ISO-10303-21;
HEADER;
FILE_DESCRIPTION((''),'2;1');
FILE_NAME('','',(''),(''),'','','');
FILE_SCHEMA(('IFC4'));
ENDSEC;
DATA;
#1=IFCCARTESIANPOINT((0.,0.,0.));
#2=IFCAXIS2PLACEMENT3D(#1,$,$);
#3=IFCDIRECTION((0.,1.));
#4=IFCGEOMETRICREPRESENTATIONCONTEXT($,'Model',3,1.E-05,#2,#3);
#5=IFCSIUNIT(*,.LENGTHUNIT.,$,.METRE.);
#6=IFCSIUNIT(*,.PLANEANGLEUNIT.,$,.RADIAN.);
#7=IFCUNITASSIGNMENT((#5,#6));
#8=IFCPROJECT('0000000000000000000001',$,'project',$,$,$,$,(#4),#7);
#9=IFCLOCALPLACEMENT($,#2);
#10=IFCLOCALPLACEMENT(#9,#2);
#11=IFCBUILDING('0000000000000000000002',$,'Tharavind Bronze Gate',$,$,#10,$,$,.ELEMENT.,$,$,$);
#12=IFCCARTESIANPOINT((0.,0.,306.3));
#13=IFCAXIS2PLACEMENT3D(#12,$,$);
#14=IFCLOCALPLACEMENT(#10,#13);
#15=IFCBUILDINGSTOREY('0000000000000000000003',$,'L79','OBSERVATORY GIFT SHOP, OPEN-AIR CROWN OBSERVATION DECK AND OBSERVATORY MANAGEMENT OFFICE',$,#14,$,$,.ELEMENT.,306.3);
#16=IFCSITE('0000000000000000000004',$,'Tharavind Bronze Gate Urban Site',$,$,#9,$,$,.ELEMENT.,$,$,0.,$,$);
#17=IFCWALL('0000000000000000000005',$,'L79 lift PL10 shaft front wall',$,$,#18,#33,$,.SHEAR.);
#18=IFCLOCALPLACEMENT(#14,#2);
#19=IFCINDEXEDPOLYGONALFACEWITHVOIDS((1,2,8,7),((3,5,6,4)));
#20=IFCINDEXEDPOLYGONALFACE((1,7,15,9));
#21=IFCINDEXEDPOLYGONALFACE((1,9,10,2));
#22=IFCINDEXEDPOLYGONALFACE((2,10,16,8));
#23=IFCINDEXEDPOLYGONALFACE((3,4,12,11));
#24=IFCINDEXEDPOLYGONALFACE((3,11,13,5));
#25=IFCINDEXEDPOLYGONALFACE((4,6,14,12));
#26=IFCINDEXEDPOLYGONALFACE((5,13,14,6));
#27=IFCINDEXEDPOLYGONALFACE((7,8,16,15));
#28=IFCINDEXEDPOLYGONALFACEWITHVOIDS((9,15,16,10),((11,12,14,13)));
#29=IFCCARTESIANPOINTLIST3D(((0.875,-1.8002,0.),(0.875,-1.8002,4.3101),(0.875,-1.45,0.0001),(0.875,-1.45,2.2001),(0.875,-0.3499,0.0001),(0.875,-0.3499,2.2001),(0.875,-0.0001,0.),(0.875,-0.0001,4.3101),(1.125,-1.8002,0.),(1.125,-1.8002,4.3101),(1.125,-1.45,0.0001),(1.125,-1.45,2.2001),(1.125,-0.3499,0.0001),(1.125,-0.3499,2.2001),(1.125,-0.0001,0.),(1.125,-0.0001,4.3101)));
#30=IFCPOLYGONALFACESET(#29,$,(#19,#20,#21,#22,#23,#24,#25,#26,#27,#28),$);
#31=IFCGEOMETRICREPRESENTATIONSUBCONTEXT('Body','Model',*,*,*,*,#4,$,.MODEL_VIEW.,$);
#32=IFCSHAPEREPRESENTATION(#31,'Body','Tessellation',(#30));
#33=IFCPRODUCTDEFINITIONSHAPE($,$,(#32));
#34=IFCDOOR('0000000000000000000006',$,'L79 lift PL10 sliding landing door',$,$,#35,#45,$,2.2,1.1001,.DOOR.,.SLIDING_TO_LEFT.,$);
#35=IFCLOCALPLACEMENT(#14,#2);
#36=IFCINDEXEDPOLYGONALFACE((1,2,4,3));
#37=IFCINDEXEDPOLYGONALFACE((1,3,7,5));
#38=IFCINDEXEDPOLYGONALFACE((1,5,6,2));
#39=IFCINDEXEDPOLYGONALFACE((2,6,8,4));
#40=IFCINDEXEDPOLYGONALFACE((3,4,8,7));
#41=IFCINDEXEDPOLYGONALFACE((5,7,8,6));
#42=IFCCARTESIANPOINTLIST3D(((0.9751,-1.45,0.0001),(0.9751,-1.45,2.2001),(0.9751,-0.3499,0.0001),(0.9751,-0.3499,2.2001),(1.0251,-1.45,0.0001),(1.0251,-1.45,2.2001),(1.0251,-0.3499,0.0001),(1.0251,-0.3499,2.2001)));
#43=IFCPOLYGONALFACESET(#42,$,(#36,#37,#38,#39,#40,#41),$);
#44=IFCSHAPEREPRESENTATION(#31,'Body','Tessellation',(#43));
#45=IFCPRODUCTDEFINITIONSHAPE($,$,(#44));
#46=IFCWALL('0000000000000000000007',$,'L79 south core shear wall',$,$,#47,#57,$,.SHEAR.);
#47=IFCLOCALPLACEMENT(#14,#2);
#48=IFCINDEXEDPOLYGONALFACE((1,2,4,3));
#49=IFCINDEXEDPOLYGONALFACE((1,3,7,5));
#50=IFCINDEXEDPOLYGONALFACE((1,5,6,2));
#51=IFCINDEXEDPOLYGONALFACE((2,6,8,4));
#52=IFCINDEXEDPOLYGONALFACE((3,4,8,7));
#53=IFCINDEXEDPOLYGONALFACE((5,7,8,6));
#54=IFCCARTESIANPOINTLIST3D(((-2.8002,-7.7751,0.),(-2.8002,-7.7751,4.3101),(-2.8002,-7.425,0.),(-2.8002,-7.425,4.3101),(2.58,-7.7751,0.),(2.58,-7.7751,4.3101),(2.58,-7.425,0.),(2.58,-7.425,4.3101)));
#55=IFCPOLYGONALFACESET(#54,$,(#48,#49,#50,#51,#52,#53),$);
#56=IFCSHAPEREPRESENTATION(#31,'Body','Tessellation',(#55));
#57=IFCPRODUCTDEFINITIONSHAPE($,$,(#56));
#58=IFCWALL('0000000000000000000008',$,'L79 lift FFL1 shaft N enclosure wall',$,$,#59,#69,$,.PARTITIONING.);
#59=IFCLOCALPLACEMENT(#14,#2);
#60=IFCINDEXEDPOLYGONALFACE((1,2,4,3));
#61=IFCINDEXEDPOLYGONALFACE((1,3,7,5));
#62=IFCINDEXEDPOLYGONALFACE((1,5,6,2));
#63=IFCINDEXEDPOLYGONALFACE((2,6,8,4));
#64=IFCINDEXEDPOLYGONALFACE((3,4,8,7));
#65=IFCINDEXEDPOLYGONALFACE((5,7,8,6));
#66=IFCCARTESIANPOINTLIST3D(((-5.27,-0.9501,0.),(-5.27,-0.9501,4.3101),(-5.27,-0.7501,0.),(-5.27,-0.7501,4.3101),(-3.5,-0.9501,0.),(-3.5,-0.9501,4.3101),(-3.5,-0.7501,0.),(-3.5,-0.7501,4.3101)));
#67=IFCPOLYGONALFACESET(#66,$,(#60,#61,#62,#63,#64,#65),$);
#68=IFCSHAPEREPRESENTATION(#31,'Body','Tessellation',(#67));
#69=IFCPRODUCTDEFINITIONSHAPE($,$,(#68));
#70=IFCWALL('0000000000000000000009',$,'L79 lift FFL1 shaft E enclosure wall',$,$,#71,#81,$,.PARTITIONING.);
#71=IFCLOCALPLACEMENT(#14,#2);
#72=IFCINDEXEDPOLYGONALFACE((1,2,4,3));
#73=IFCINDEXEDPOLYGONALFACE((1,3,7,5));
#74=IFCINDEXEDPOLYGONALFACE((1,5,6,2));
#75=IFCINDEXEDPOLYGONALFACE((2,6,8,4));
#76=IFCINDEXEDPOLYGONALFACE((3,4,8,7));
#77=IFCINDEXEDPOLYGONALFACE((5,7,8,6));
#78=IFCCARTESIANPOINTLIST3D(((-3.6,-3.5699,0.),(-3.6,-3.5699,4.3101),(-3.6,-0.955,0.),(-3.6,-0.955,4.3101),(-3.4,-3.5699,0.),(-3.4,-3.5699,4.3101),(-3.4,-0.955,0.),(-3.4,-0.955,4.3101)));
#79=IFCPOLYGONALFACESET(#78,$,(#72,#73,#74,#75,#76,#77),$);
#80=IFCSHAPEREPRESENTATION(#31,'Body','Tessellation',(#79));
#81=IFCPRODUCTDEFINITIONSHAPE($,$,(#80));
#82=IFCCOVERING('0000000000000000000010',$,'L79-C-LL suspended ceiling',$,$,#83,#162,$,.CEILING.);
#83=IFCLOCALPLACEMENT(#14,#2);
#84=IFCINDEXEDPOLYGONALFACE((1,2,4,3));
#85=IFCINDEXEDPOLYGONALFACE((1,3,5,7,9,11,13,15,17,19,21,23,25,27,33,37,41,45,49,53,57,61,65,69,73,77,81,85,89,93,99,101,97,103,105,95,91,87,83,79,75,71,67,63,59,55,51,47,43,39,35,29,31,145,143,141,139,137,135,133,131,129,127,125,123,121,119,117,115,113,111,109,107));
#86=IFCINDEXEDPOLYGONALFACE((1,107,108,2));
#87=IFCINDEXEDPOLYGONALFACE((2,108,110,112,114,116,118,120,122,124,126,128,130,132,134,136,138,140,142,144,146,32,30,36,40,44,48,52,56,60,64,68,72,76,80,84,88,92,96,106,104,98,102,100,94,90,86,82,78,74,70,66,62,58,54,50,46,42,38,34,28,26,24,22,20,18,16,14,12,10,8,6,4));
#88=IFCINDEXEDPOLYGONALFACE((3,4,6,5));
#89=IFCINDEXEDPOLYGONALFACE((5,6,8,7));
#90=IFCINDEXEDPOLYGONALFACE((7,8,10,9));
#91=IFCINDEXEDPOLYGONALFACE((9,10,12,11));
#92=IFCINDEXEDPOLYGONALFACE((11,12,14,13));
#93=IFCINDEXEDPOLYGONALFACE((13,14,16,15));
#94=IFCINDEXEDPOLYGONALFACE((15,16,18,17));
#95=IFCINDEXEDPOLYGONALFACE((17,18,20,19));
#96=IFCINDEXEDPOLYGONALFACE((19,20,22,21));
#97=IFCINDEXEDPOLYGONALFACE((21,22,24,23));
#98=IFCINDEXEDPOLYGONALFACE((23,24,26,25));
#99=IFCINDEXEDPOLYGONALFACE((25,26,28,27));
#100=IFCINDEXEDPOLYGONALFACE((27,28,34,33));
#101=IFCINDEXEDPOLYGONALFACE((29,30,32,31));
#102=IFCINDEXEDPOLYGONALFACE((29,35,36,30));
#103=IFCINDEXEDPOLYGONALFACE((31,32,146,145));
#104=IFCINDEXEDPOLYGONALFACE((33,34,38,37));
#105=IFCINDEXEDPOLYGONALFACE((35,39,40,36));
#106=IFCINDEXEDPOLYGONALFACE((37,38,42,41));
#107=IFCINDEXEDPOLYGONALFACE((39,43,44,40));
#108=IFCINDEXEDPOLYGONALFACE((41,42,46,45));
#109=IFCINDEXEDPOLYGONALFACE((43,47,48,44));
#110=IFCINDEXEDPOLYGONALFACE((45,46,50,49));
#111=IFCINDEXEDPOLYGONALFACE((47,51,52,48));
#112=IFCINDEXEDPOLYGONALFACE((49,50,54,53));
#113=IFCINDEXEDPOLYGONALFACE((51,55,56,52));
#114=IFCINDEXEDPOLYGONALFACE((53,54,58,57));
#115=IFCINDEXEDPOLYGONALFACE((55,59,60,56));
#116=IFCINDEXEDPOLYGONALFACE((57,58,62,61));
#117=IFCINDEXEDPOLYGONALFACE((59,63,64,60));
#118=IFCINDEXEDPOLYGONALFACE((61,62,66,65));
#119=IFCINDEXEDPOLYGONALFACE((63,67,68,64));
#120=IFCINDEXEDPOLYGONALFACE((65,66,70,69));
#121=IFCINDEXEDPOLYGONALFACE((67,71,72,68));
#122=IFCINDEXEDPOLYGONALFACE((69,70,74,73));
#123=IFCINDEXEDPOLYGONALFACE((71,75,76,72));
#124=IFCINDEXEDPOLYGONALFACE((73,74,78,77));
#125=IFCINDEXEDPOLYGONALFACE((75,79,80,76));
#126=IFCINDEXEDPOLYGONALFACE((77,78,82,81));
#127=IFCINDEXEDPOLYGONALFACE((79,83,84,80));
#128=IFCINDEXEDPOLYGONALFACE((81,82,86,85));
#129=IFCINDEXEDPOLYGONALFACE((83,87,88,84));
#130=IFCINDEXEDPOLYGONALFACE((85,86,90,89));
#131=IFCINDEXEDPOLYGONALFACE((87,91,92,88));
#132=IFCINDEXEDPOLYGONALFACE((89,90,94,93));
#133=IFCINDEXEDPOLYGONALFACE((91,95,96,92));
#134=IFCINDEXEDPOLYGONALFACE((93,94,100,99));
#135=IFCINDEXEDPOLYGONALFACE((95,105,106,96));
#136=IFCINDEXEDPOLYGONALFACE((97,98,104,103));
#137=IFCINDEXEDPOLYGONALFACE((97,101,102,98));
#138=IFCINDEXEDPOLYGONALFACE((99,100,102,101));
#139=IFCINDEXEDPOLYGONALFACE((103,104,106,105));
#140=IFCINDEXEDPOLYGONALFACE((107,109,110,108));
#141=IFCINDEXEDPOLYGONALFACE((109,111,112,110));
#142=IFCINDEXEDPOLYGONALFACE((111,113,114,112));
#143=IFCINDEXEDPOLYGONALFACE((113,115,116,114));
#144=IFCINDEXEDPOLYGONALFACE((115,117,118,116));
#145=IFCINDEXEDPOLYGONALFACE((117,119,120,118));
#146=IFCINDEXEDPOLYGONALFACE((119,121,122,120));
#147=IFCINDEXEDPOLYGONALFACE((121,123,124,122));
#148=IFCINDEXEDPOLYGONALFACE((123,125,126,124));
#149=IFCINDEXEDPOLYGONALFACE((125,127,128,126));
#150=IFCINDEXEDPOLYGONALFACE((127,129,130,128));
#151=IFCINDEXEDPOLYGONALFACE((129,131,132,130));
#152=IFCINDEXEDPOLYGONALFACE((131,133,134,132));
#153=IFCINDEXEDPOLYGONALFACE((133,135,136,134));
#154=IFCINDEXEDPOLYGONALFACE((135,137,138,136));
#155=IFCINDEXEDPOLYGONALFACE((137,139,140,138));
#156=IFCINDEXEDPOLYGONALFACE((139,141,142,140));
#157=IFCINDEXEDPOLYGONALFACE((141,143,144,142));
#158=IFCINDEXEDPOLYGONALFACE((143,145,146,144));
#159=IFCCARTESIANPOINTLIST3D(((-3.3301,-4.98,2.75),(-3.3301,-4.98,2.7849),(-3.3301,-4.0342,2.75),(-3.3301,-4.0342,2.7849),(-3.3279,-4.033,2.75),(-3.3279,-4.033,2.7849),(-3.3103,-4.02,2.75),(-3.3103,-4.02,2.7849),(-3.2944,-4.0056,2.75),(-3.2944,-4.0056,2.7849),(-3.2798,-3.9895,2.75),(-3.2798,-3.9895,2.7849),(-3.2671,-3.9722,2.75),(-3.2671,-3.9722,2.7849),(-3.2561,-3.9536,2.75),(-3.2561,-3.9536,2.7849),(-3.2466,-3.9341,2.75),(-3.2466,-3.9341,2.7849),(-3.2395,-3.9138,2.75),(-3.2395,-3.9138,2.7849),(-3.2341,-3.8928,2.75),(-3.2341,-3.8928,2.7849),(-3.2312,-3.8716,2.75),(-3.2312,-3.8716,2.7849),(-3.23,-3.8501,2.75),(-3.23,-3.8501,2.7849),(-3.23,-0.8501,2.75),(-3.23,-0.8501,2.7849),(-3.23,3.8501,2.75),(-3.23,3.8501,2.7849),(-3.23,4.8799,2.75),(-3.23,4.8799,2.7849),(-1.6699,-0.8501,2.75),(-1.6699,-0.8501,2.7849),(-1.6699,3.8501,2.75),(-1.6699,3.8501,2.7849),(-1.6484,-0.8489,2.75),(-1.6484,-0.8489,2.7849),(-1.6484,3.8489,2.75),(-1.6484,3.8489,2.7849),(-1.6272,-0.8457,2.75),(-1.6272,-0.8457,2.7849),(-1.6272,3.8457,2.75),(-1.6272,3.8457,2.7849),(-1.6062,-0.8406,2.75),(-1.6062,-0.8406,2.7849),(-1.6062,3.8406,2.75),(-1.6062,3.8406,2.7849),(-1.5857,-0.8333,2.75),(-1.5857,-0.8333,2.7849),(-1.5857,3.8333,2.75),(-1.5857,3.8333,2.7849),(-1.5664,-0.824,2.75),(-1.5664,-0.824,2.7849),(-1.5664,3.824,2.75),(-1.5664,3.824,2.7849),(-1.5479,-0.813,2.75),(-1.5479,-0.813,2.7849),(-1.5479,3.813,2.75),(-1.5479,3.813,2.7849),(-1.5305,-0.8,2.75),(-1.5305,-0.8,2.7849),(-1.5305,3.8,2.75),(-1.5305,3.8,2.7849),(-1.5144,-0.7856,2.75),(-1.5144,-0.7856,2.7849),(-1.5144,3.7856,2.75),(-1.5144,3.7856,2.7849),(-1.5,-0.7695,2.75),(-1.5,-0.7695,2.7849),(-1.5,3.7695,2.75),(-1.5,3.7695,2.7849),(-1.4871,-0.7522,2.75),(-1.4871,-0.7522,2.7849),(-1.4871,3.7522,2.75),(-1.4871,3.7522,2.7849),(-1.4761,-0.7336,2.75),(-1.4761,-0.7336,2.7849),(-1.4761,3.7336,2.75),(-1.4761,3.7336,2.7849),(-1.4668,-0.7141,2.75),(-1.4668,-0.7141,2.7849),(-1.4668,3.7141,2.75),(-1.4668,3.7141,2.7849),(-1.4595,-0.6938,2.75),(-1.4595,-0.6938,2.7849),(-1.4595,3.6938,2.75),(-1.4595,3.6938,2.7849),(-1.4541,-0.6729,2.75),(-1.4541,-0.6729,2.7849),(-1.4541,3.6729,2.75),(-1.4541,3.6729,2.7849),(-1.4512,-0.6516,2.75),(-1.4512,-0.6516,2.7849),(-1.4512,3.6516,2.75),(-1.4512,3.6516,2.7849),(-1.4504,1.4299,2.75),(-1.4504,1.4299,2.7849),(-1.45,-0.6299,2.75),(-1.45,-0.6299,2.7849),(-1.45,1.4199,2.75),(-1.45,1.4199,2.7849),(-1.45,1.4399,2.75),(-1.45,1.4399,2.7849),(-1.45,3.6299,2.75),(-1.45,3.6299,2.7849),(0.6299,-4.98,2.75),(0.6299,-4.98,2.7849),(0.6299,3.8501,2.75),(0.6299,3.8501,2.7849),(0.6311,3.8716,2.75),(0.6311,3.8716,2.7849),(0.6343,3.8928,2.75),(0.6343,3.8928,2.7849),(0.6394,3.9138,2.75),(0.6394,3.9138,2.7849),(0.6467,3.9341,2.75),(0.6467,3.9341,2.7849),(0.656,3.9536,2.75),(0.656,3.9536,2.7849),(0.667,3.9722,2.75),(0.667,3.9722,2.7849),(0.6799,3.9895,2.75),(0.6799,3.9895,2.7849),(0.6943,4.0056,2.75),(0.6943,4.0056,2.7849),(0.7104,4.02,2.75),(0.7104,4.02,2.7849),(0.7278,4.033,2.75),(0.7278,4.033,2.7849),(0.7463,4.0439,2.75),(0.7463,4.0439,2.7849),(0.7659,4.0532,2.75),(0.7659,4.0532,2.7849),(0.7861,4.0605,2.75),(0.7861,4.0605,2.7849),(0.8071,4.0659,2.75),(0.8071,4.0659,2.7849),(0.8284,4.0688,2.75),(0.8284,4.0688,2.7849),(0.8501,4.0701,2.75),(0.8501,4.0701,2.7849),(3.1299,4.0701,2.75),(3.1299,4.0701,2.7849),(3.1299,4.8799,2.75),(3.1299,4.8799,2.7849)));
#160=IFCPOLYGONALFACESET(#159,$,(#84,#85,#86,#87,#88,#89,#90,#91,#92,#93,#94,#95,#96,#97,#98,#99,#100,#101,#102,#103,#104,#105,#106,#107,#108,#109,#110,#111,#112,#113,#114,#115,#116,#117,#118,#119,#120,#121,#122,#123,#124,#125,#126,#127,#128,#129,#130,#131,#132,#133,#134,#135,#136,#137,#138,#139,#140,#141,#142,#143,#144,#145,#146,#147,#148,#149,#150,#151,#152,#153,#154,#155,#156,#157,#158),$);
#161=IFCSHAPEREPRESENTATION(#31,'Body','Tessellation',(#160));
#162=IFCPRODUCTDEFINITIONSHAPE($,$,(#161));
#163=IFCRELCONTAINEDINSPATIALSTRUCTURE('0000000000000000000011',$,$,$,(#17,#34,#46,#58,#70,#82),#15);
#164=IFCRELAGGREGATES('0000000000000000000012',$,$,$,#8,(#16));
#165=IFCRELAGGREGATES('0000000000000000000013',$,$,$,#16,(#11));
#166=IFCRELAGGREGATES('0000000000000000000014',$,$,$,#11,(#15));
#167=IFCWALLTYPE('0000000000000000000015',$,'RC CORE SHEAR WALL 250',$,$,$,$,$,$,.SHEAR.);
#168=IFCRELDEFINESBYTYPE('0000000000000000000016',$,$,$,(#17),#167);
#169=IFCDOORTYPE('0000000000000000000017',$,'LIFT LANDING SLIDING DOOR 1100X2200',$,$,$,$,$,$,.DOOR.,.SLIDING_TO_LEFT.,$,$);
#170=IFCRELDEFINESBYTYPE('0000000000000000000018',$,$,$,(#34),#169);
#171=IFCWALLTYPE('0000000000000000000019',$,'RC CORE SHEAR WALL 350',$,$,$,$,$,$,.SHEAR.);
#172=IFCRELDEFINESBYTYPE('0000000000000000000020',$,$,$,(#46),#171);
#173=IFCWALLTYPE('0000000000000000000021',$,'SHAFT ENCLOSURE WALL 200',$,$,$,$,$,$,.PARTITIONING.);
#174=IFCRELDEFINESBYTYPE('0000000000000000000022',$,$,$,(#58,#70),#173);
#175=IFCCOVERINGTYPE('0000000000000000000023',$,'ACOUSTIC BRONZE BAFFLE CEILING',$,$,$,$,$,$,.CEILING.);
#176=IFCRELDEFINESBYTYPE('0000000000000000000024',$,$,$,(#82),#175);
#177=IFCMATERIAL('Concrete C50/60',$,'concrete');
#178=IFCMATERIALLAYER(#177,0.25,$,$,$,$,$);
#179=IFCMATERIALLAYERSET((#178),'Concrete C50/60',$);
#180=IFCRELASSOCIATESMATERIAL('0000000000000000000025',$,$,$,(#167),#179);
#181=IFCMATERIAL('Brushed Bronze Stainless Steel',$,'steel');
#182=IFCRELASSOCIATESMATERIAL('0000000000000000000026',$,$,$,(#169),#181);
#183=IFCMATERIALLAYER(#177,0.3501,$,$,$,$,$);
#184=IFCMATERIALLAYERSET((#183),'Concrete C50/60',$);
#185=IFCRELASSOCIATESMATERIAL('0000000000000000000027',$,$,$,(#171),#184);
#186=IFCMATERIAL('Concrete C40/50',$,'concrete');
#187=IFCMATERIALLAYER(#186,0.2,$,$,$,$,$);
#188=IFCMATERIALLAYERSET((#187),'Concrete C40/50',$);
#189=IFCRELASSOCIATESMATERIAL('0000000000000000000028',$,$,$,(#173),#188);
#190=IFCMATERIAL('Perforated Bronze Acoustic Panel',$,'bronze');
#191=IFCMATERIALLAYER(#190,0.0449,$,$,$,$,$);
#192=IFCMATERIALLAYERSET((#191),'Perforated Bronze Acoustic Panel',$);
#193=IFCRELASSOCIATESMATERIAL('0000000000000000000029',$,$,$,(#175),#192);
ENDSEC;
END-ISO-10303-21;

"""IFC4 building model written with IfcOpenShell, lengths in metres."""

from ifc_helpers import new_model, si_unit, direction, frame, frame_2d, origin, place, context, subcontext, project, spatial, polyline, rectangle, outline, extrude, material, layer, layer_set, type_object, element, fill, save


model = new_model("IFC4")

# Units and contexts
model_context = context("Model", 3, precision=1e-05, world=origin(), true_north=direction((0.0, 1.0)))
body_context = subcontext(model_context, "Body", "Model", "MODEL_VIEW")
ifc_project = project(units=[si_unit("LENGTHUNIT", "METRE"), si_unit("PLANEANGLEUNIT", "RADIAN")], contexts=[model_context])

# Site, building, storey
site_placement = place(None, origin())
site = spatial("IfcSite", under=ifc_project, at=site_placement, Name="Tharavind Bronze Gate Urban Site", CompositionType="ELEMENT", RefElevation=0.0)
building_placement = place(site_placement, origin())
building = spatial("IfcBuilding", under=site, at=building_placement, Name="Tharavind Bronze Gate", CompositionType="ELEMENT")
storey_placement = place(building_placement, frame((0.0, 0.0, 306.3)))
storey = spatial("IfcBuildingStorey", under=building, at=storey_placement, Name="L79", Description="OBSERVATORY GIFT SHOP, OPEN-AIR CROWN OBSERVATION DECK AND OBSERVATORY MANAGEMENT OFFICE", CompositionType="ELEMENT", Elevation=306.3)

# Shared definitions
ifc_material_1 = material(Name="Concrete C50/60", Category="concrete")

# Shared definitions
ifc_material_2 = material(Name="Concrete C40/50", Category="concrete")

# Wall, opening, door
ifc_layer_1 = layer(ifc_material_1, 0.25)
ifc_layer_set_1 = layer_set([ifc_layer_1], Name="Concrete C50/60")
wall_type_1 = type_object("IfcWallType", Name="RC CORE SHEAR WALL 250", PredefinedType="SHEAR", material=ifc_layer_set_1)
ifc_material_3 = material(Name="Brushed Bronze Stainless Steel", Category="steel")
door_type_1 = type_object("IfcDoorType", Name="LIFT LANDING SLIDING DOOR 1100X2200", OperationType="SLIDING_TO_LEFT", PredefinedType="DOOR", material=ifc_material_3)
wall_1_placement = place(storey_placement, frame((1.0, -1.8, 0.0), z_axis=(0.0, 0.0, 1.0), x_axis=(0.0, 1.0, 0.0)))
wall_1 = element("IfcWall", 1, at=wall_1_placement, inside=storey, type_object=wall_type_1, Name="L79 lift PL10 shaft front wall", PredefinedType="SHEAR", context=body_context, shape_type="SweptSolid", body=[
    extrude(rectangle(XDim=1.8, YDim=0.25, at=frame_2d((0.8999, 0.0))), origin(), (0.0, 0.0, 1.0), 4.3101),
])
opening_1_placement = place(wall_1_placement, frame((0.3501, 0.0, 0.0)))
opening_1 = element("IfcOpeningElement", 2, at=opening_1_placement, cuts=wall_1, PredefinedType="OPENING", context=body_context, shape_type="SweptSolid", body=[
    extrude(rectangle(XDim=1.1001, YDim=2.2, at=frame_2d((0.55, 1.1001))), frame((0.0, 0.135, 0.0), z_axis=(0.0, -1.0, 0.0), x_axis=(1.0, 0.0, 0.0)), (0.0, 0.0, 1.0), 0.27),
])
door_1_placement = place(opening_1_placement, origin())
door_1 = element("IfcDoor", 3, at=door_1_placement, inside=storey, type_object=door_type_1, Name="L79 lift PL10 sliding landing door", OperationType="SLIDING_TO_LEFT", OverallHeight=2.2, OverallWidth=1.1001, PredefinedType="DOOR", context=body_context, shape_type="SweptSolid", body=[
    extrude(rectangle(XDim=1.1001, YDim=2.2, at=frame_2d((0.55, 1.1001))), frame((0.0, 0.0249, 0.0), z_axis=(0.0, -1.0, 0.0), x_axis=(1.0, 0.0, 0.0)), (0.0, 0.0, 1.0), 0.05),
])
fill(opening_1, door_1)

# Walls
ifc_layer_2 = layer(ifc_material_1, 0.3501)
ifc_layer_set_2 = layer_set([ifc_layer_2], Name="Concrete C50/60")
wall_type_2 = type_object("IfcWallType", Name="RC CORE SHEAR WALL 350", PredefinedType="SHEAR", material=ifc_layer_set_2)
wall_2_placement = place(storey_placement, frame((-2.8, -7.6001, 0.0), z_axis=(0.0, 0.0, 1.0), x_axis=(1.0, 0.0, 0.0)))
element("IfcWall", 4, at=wall_2_placement, inside=storey, type_object=wall_type_2, Name="L79 south core shear wall", PredefinedType="SHEAR", context=body_context, shape_type="SweptSolid", body=[
    extrude(rectangle(XDim=5.3801, YDim=0.3501, at=frame_2d((2.6899, 0.0))), origin(), (0.0, 0.0, 1.0), 4.3101),
])
ifc_layer_3 = layer(ifc_material_2, 0.2)
ifc_layer_set_3 = layer_set([ifc_layer_3], Name="Concrete C40/50")
wall_type_3 = type_object("IfcWallType", Name="SHAFT ENCLOSURE WALL 200", PredefinedType="PARTITIONING", material=ifc_layer_set_3)
wall_3_placement = place(storey_placement, frame((-5.27, -0.8501, 0.0), z_axis=(0.0, 0.0, 1.0), x_axis=(1.0, 0.0, 0.0)))
element("IfcWall", 5, at=wall_3_placement, inside=storey, type_object=wall_type_3, Name="L79 lift FFL1 shaft N enclosure wall", PredefinedType="PARTITIONING", context=body_context, shape_type="SweptSolid", body=[
    extrude(rectangle(XDim=1.77, YDim=0.2, at=frame_2d((0.885, 0.0))), origin(), (0.0, 0.0, 1.0), 4.3101),
])
wall_4_placement = place(storey_placement, frame((-3.5, -3.5701, 0.0), z_axis=(0.0, 0.0, 1.0), x_axis=(0.0, 1.0, 0.0)))
element("IfcWall", 6, at=wall_4_placement, inside=storey, type_object=wall_type_3, Name="L79 lift FFL1 shaft E enclosure wall", PredefinedType="PARTITIONING", context=body_context, shape_type="SweptSolid", body=[
    extrude(rectangle(XDim=2.615, YDim=0.2, at=frame_2d((1.3076, 0.0))), origin(), (0.0, 0.0, 1.0), 4.3101),
])

# Covering
ifc_material_4 = material(Name="Perforated Bronze Acoustic Panel", Category="bronze")
ifc_layer_4 = layer(ifc_material_4, 0.0449)
ifc_layer_set_4 = layer_set([ifc_layer_4], Name="Perforated Bronze Acoustic Panel")
covering_type_1 = type_object("IfcCoveringType", Name="ACOUSTIC BRONZE BAFFLE CEILING", PredefinedType="CEILING", material=ifc_layer_set_4)
covering_1_placement = place(storey_placement, frame((0.0, 0.0, 2.75)))
element("IfcCovering", 7, at=covering_1_placement, inside=storey, type_object=covering_type_1, Name="L79-C-LL suspended ceiling", PredefinedType="CEILING", context=body_context, shape_type="SweptSolid", body=[
    extrude(outline(polyline([(-3.3301, -4.98), (0.6299, -4.98), (0.6299, 3.8501), (0.6311, 3.8716), (0.6343, 3.8928), (0.6394, 3.9138), (0.6467, 3.9341), (0.656, 3.9536), (0.667, 3.9722), (0.6799, 3.9895), (0.6943, 4.0056), (0.7104, 4.02), (0.7278, 4.033), (0.7463, 4.0439), (0.7659, 4.0532), (0.7861, 4.0605), (0.8071, 4.0659), (0.8284, 4.0688), (0.8501, 4.0701), (3.1299, 4.0701), (3.1299, 4.8799), (-3.23, 4.8799), (-3.23, 3.8501), (-1.6699, 3.8501), (-1.6484, 3.8489), (-1.6272, 3.8457), (-1.6062, 3.8406), (-1.5857, 3.8333), (-1.5664, 3.824), (-1.5479, 3.813), (-1.5305, 3.8), (-1.5144, 3.7856), (-1.5, 3.7695), (-1.4871, 3.7522), (-1.4761, 3.7336), (-1.4668, 3.7141), (-1.4595, 3.6938), (-1.4541, 3.6729), (-1.4512, 3.6516), (-1.45, 3.6299), (-1.45, 1.4399), (-1.4504, 1.4299), (-1.45, 1.4199), (-1.45, -0.6299), (-1.4512, -0.6516), (-1.4541, -0.6729), (-1.4595, -0.6938), (-1.4668, -0.7141), (-1.4761, -0.7336), (-1.4871, -0.7522), (-1.5, -0.7695), (-1.5144, -0.7856), (-1.5305, -0.8), (-1.5479, -0.813), (-1.5664, -0.824), (-1.5857, -0.8333), (-1.6062, -0.8406), (-1.6272, -0.8457), (-1.6484, -0.8489), (-1.6699, -0.8501), (-3.23, -0.8501), (-3.23, -3.8501), (-3.2312, -3.8716), (-3.2341, -3.8928), (-3.2395, -3.9138), (-3.2466, -3.9341), (-3.2561, -3.9536), (-3.2671, -3.9722), (-3.2798, -3.9895), (-3.2944, -4.0056), (-3.3103, -4.02), (-3.3279, -4.033), (-3.3301, -4.0342), (-3.3301, -4.98)])), origin(), (0.0, 0.0, 1.0), 0.0349),
])

save(model, "model.ifc")
